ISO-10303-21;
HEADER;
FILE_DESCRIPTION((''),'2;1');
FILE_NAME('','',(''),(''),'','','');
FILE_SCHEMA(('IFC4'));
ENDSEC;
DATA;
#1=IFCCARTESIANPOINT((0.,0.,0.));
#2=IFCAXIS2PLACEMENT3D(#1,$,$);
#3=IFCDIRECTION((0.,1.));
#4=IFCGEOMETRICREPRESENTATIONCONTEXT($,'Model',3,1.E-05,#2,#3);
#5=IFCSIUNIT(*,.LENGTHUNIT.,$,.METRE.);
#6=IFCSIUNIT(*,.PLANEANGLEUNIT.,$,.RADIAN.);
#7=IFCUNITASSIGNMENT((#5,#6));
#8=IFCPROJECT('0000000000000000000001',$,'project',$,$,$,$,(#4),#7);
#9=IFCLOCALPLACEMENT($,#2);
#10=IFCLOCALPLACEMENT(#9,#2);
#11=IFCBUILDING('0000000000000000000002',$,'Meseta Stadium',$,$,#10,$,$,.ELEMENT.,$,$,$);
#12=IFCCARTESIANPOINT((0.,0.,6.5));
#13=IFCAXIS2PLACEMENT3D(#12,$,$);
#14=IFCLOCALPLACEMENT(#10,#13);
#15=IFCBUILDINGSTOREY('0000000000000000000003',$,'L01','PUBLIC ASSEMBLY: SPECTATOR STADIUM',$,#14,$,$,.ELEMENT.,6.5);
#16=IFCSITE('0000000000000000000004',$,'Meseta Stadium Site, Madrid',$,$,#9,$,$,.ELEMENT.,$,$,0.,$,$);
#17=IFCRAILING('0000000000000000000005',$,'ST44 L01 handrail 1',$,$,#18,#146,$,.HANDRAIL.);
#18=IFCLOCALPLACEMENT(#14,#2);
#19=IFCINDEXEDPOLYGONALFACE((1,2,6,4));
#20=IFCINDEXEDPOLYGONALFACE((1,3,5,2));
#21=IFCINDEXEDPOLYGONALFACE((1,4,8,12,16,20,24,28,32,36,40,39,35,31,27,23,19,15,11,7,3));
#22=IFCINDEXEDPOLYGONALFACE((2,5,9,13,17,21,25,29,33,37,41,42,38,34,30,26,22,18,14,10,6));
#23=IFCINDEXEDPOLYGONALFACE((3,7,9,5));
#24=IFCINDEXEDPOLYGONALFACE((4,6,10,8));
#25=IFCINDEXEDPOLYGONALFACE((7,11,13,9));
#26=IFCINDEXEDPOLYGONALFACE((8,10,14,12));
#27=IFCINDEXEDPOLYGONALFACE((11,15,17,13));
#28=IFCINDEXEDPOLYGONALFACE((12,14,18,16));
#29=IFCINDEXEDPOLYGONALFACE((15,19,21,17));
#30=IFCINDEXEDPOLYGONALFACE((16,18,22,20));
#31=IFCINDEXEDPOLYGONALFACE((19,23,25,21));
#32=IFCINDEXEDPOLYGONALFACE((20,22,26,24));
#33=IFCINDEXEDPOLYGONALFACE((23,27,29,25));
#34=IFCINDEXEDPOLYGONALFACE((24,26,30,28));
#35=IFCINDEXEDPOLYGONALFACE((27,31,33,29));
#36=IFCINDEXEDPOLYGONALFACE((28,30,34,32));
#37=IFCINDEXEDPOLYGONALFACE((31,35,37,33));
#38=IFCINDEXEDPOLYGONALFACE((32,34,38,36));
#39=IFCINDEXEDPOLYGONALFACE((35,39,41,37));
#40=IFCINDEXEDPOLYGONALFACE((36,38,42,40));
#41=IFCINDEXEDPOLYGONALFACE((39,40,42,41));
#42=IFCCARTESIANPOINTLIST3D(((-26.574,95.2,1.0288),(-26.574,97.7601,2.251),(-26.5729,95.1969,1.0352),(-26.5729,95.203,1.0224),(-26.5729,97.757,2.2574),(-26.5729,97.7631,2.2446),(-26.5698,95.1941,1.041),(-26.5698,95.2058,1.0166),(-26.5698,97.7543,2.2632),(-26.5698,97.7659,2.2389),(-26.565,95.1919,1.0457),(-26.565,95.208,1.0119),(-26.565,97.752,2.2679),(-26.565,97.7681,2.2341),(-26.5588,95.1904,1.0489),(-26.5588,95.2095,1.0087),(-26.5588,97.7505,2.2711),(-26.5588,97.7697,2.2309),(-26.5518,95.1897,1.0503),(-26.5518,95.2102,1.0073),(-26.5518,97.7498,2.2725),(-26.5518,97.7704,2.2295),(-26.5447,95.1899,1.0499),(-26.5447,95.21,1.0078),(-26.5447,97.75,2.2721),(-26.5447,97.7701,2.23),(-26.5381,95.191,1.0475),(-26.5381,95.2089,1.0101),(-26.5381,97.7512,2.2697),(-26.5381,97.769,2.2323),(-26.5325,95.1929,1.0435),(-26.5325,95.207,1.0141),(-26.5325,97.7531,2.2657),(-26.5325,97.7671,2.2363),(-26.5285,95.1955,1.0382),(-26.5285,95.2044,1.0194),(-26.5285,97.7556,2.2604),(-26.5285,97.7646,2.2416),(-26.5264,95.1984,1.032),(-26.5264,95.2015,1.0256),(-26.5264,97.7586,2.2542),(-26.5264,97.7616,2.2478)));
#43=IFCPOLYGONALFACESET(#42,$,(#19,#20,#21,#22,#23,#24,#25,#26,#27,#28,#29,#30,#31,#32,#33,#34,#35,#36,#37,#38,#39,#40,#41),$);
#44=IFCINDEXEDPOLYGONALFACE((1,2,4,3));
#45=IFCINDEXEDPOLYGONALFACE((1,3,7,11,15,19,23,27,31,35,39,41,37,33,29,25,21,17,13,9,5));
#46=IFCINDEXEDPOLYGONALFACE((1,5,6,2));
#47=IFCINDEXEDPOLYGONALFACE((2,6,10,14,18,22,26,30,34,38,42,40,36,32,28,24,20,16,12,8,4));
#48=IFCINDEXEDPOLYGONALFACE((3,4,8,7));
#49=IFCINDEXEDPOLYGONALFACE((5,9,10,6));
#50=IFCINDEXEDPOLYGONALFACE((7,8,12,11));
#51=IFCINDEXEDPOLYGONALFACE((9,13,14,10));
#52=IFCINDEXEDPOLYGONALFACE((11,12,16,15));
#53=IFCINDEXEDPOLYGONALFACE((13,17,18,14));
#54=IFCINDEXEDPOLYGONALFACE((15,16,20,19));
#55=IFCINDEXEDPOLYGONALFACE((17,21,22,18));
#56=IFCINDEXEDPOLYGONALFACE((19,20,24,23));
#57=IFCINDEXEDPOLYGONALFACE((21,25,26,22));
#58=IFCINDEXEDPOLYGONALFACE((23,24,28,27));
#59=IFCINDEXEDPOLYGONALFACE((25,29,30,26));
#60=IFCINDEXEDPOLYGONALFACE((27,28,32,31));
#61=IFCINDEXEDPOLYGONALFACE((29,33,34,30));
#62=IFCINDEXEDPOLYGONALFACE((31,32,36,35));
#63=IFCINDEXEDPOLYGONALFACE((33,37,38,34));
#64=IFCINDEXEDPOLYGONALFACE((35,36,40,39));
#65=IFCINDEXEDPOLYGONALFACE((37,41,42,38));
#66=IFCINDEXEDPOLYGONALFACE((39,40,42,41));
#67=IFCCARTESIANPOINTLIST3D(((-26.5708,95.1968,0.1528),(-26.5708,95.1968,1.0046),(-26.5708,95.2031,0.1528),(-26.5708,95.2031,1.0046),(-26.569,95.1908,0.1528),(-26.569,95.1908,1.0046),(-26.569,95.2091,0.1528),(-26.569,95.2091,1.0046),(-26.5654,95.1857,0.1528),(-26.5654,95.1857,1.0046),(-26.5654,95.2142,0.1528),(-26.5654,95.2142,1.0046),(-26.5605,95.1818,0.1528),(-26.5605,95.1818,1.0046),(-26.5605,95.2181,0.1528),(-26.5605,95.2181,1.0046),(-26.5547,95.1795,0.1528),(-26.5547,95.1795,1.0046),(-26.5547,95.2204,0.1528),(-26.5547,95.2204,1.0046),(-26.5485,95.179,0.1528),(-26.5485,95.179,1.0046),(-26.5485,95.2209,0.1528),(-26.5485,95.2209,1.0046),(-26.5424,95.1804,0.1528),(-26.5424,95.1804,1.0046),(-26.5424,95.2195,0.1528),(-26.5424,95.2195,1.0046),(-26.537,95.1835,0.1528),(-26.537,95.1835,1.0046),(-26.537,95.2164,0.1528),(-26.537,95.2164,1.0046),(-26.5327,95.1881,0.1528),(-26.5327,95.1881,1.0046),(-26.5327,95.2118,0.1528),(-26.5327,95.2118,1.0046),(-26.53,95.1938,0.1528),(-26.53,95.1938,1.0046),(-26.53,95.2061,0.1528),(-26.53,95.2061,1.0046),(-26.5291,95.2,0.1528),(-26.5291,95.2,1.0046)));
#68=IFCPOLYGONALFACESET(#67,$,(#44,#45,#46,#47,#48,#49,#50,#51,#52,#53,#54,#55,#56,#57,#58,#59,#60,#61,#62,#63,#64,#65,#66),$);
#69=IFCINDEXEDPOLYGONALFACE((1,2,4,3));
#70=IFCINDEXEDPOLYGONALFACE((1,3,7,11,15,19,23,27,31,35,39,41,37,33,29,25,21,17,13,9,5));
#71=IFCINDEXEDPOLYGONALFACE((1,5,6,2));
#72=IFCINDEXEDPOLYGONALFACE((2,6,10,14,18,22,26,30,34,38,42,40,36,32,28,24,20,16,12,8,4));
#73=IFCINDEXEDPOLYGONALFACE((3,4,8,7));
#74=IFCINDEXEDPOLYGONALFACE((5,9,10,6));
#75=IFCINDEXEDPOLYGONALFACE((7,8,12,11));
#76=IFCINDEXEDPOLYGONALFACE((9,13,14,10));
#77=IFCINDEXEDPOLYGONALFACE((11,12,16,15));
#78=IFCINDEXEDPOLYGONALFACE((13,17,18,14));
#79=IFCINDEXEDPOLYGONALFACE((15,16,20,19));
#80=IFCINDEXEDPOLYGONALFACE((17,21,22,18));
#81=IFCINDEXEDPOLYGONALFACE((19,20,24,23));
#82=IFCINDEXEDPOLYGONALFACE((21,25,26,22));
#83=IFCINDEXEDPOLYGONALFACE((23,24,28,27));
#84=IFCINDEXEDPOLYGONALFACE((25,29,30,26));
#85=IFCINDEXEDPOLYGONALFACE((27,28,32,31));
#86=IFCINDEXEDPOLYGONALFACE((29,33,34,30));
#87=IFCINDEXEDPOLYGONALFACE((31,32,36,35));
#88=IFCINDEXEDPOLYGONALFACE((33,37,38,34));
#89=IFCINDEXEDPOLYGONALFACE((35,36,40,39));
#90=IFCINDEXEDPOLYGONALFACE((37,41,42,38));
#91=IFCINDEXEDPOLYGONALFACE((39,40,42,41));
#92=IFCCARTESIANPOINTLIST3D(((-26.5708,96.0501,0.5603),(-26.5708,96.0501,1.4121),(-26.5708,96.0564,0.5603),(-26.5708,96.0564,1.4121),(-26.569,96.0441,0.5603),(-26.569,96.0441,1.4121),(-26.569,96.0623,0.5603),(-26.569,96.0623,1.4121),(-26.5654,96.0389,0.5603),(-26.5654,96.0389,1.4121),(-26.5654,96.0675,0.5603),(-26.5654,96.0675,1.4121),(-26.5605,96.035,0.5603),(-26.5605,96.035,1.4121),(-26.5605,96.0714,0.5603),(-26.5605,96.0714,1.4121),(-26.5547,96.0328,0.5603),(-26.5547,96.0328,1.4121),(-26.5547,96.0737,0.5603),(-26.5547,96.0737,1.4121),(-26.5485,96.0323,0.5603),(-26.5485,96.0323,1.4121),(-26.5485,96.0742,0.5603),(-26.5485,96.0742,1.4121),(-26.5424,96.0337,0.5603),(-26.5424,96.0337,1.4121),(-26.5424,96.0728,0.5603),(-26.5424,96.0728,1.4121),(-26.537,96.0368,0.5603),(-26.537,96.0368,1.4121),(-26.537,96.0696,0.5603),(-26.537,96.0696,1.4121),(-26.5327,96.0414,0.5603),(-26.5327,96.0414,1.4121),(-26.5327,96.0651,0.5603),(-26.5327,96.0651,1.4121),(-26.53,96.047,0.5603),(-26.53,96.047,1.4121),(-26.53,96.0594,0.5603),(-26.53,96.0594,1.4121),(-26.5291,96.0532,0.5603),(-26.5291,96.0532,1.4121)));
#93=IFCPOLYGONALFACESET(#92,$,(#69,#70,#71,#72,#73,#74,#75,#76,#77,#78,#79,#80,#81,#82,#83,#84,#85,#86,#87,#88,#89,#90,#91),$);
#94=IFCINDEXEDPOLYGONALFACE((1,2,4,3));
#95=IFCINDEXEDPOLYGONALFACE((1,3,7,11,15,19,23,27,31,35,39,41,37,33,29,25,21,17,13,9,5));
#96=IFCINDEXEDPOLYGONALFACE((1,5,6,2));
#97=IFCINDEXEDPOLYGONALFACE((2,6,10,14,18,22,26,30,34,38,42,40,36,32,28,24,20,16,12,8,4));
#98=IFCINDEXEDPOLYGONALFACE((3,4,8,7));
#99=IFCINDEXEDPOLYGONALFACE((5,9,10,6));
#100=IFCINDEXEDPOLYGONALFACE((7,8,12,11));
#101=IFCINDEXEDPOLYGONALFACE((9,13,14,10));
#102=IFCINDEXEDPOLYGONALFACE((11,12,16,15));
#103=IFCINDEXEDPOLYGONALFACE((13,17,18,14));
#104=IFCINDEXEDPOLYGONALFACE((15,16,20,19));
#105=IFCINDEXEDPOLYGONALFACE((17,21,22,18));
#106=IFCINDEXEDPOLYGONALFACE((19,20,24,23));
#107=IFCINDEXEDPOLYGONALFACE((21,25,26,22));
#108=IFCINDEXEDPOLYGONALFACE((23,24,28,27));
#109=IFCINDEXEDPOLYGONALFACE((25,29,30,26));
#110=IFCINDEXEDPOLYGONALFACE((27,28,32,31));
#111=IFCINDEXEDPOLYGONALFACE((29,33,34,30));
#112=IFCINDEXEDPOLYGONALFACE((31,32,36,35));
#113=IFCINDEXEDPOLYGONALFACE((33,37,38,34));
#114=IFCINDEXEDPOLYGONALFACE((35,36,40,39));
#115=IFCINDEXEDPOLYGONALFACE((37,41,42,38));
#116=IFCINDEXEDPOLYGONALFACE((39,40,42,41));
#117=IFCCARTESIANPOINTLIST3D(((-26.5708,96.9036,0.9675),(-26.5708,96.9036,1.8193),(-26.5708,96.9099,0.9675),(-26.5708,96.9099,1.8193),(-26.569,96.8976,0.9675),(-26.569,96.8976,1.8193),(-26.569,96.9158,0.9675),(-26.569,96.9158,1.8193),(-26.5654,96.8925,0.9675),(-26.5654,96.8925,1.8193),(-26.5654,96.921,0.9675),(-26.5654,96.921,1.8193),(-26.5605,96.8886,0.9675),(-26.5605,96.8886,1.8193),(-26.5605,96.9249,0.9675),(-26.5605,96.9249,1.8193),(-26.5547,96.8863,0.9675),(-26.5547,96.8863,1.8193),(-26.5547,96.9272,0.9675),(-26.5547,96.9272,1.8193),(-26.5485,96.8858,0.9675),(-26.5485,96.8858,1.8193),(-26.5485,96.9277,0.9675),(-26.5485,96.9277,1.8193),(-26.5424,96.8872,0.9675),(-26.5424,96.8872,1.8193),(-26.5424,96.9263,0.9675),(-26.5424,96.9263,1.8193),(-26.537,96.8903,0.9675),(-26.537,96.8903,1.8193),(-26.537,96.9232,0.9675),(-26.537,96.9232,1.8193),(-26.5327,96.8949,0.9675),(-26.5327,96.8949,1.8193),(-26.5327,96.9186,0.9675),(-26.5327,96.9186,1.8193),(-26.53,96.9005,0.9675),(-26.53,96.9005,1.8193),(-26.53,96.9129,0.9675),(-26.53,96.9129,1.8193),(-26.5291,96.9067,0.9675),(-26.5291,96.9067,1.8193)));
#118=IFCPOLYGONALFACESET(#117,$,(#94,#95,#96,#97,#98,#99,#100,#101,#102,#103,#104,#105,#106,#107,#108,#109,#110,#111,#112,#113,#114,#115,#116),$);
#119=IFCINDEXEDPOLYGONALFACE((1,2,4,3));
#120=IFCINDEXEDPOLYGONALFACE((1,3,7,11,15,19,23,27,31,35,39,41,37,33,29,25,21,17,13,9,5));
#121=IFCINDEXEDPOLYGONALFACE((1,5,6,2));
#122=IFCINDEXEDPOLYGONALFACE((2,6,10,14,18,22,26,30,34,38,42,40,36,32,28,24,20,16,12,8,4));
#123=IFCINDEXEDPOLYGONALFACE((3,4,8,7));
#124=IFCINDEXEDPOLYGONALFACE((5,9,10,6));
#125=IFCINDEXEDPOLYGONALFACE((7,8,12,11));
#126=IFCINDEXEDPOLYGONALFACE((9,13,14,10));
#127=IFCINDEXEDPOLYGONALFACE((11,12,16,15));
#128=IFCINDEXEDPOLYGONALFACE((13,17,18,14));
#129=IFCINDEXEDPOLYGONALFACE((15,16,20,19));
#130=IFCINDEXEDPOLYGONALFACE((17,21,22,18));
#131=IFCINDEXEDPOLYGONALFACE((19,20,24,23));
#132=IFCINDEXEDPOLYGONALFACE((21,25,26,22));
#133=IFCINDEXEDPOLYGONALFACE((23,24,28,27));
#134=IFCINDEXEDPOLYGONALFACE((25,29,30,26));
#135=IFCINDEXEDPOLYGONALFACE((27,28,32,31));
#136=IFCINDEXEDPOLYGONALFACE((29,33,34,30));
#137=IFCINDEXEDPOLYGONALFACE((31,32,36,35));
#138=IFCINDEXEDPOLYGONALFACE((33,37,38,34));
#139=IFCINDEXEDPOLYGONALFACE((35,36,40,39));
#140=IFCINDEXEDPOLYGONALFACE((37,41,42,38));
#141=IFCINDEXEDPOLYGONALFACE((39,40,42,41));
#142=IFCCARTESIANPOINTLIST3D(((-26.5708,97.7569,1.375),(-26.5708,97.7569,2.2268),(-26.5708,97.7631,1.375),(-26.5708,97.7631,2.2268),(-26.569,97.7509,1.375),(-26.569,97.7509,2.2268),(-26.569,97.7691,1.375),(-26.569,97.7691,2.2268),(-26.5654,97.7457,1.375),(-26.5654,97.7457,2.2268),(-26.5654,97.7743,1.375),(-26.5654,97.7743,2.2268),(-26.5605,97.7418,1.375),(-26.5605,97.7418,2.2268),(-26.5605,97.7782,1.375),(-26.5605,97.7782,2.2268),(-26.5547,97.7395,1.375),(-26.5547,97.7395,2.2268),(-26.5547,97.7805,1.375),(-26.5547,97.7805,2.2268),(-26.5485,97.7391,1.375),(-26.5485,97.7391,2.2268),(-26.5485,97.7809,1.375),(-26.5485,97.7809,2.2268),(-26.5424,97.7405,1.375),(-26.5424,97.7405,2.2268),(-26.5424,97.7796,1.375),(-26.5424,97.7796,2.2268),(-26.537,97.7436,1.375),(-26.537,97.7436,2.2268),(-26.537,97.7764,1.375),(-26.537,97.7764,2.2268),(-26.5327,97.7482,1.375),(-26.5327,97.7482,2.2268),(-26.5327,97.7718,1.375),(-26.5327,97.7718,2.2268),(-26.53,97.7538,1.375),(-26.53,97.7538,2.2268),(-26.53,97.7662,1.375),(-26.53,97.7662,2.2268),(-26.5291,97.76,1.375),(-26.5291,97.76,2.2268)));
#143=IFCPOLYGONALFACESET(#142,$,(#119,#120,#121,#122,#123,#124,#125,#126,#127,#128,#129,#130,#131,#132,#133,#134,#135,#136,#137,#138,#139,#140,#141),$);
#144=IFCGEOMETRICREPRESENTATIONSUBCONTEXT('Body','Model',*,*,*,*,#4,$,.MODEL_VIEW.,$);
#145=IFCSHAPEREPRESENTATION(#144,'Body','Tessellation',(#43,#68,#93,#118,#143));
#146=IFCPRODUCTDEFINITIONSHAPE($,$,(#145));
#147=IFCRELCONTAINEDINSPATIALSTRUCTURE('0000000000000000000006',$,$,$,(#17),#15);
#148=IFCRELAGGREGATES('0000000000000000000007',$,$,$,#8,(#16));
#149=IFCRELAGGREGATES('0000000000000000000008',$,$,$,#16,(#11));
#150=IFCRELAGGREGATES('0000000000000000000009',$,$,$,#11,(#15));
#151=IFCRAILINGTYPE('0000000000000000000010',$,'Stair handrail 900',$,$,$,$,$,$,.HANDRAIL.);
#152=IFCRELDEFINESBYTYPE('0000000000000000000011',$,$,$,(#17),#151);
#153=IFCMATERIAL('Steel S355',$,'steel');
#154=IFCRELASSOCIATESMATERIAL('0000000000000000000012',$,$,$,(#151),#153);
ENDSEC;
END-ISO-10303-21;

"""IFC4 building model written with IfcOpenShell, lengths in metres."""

from ifc_helpers import new_model, si_unit, direction, frame, origin, origin_2d, place, context, subcontext, project, spatial, circle, extrude, material, type_object, element, save


model = new_model("IFC4")

# Units and contexts
model_context = context("Model", 3, precision=1e-05, world=origin(), true_north=direction((0.0, 1.0)))
body_context = subcontext(model_context, "Body", "Model", "MODEL_VIEW")
ifc_project = project(units=[si_unit("LENGTHUNIT", "METRE"), si_unit("PLANEANGLEUNIT", "RADIAN")], contexts=[model_context])

# Site, building, storey
site_placement = place(None, origin())
site = spatial("IfcSite", under=ifc_project, at=site_placement, Name="Meseta Stadium Site, Madrid", CompositionType="ELEMENT", RefElevation=0.0)
building_placement = place(site_placement, origin())
building = spatial("IfcBuilding", under=site, at=building_placement, Name="Meseta Stadium", CompositionType="ELEMENT")
storey_placement = place(building_placement, frame((0.0, 0.0, 6.5)))
storey = spatial("IfcBuildingStorey", under=building, at=storey_placement, Name="L01", Description="PUBLIC ASSEMBLY: SPECTATOR STADIUM", CompositionType="ELEMENT", Elevation=6.5)

# Railing
ifc_material_1 = material(Name="Steel S355", Category="steel")
railing_type_1 = type_object("IfcRailingType", Name="Stair handrail 900", PredefinedType="HANDRAIL", material=ifc_material_1)
railing_1_placement = place(storey_placement, frame((-26.55, 95.2, 0.1528)))
element("IfcRailing", 1, at=railing_1_placement, inside=storey, type_object=railing_type_1, Name="ST44 L01 handrail 1", PredefinedType="HANDRAIL", context=body_context, shape_type="SweptSolid", body=[
    extrude(circle(Radius=0.0239, at=origin_2d()), frame((0.0, 0.0, 0.876), z_axis=(0.0, 0.902437, 0.430822), x_axis=(-1.0, 0.0, 0.0)), (0.0, 0.0, 1.0), 2.8369),
    extrude(circle(Radius=0.021, at=origin_2d()), origin(), (0.0, 0.0, 1.0), 0.8518),
    extrude(circle(Radius=0.021, at=origin_2d()), frame((0.0, 0.8533, 0.4075)), (0.0, 0.0, 1.0), 0.8518),
    extrude(circle(Radius=0.021, at=origin_2d()), frame((0.0, 1.7068, 0.8147)), (0.0, 0.0, 1.0), 0.8518),
    extrude(circle(Radius=0.021, at=origin_2d()), frame((0.0, 2.5601, 1.2222)), (0.0, 0.0, 1.0), 0.8518),
])

save(model, "model.ifc")
